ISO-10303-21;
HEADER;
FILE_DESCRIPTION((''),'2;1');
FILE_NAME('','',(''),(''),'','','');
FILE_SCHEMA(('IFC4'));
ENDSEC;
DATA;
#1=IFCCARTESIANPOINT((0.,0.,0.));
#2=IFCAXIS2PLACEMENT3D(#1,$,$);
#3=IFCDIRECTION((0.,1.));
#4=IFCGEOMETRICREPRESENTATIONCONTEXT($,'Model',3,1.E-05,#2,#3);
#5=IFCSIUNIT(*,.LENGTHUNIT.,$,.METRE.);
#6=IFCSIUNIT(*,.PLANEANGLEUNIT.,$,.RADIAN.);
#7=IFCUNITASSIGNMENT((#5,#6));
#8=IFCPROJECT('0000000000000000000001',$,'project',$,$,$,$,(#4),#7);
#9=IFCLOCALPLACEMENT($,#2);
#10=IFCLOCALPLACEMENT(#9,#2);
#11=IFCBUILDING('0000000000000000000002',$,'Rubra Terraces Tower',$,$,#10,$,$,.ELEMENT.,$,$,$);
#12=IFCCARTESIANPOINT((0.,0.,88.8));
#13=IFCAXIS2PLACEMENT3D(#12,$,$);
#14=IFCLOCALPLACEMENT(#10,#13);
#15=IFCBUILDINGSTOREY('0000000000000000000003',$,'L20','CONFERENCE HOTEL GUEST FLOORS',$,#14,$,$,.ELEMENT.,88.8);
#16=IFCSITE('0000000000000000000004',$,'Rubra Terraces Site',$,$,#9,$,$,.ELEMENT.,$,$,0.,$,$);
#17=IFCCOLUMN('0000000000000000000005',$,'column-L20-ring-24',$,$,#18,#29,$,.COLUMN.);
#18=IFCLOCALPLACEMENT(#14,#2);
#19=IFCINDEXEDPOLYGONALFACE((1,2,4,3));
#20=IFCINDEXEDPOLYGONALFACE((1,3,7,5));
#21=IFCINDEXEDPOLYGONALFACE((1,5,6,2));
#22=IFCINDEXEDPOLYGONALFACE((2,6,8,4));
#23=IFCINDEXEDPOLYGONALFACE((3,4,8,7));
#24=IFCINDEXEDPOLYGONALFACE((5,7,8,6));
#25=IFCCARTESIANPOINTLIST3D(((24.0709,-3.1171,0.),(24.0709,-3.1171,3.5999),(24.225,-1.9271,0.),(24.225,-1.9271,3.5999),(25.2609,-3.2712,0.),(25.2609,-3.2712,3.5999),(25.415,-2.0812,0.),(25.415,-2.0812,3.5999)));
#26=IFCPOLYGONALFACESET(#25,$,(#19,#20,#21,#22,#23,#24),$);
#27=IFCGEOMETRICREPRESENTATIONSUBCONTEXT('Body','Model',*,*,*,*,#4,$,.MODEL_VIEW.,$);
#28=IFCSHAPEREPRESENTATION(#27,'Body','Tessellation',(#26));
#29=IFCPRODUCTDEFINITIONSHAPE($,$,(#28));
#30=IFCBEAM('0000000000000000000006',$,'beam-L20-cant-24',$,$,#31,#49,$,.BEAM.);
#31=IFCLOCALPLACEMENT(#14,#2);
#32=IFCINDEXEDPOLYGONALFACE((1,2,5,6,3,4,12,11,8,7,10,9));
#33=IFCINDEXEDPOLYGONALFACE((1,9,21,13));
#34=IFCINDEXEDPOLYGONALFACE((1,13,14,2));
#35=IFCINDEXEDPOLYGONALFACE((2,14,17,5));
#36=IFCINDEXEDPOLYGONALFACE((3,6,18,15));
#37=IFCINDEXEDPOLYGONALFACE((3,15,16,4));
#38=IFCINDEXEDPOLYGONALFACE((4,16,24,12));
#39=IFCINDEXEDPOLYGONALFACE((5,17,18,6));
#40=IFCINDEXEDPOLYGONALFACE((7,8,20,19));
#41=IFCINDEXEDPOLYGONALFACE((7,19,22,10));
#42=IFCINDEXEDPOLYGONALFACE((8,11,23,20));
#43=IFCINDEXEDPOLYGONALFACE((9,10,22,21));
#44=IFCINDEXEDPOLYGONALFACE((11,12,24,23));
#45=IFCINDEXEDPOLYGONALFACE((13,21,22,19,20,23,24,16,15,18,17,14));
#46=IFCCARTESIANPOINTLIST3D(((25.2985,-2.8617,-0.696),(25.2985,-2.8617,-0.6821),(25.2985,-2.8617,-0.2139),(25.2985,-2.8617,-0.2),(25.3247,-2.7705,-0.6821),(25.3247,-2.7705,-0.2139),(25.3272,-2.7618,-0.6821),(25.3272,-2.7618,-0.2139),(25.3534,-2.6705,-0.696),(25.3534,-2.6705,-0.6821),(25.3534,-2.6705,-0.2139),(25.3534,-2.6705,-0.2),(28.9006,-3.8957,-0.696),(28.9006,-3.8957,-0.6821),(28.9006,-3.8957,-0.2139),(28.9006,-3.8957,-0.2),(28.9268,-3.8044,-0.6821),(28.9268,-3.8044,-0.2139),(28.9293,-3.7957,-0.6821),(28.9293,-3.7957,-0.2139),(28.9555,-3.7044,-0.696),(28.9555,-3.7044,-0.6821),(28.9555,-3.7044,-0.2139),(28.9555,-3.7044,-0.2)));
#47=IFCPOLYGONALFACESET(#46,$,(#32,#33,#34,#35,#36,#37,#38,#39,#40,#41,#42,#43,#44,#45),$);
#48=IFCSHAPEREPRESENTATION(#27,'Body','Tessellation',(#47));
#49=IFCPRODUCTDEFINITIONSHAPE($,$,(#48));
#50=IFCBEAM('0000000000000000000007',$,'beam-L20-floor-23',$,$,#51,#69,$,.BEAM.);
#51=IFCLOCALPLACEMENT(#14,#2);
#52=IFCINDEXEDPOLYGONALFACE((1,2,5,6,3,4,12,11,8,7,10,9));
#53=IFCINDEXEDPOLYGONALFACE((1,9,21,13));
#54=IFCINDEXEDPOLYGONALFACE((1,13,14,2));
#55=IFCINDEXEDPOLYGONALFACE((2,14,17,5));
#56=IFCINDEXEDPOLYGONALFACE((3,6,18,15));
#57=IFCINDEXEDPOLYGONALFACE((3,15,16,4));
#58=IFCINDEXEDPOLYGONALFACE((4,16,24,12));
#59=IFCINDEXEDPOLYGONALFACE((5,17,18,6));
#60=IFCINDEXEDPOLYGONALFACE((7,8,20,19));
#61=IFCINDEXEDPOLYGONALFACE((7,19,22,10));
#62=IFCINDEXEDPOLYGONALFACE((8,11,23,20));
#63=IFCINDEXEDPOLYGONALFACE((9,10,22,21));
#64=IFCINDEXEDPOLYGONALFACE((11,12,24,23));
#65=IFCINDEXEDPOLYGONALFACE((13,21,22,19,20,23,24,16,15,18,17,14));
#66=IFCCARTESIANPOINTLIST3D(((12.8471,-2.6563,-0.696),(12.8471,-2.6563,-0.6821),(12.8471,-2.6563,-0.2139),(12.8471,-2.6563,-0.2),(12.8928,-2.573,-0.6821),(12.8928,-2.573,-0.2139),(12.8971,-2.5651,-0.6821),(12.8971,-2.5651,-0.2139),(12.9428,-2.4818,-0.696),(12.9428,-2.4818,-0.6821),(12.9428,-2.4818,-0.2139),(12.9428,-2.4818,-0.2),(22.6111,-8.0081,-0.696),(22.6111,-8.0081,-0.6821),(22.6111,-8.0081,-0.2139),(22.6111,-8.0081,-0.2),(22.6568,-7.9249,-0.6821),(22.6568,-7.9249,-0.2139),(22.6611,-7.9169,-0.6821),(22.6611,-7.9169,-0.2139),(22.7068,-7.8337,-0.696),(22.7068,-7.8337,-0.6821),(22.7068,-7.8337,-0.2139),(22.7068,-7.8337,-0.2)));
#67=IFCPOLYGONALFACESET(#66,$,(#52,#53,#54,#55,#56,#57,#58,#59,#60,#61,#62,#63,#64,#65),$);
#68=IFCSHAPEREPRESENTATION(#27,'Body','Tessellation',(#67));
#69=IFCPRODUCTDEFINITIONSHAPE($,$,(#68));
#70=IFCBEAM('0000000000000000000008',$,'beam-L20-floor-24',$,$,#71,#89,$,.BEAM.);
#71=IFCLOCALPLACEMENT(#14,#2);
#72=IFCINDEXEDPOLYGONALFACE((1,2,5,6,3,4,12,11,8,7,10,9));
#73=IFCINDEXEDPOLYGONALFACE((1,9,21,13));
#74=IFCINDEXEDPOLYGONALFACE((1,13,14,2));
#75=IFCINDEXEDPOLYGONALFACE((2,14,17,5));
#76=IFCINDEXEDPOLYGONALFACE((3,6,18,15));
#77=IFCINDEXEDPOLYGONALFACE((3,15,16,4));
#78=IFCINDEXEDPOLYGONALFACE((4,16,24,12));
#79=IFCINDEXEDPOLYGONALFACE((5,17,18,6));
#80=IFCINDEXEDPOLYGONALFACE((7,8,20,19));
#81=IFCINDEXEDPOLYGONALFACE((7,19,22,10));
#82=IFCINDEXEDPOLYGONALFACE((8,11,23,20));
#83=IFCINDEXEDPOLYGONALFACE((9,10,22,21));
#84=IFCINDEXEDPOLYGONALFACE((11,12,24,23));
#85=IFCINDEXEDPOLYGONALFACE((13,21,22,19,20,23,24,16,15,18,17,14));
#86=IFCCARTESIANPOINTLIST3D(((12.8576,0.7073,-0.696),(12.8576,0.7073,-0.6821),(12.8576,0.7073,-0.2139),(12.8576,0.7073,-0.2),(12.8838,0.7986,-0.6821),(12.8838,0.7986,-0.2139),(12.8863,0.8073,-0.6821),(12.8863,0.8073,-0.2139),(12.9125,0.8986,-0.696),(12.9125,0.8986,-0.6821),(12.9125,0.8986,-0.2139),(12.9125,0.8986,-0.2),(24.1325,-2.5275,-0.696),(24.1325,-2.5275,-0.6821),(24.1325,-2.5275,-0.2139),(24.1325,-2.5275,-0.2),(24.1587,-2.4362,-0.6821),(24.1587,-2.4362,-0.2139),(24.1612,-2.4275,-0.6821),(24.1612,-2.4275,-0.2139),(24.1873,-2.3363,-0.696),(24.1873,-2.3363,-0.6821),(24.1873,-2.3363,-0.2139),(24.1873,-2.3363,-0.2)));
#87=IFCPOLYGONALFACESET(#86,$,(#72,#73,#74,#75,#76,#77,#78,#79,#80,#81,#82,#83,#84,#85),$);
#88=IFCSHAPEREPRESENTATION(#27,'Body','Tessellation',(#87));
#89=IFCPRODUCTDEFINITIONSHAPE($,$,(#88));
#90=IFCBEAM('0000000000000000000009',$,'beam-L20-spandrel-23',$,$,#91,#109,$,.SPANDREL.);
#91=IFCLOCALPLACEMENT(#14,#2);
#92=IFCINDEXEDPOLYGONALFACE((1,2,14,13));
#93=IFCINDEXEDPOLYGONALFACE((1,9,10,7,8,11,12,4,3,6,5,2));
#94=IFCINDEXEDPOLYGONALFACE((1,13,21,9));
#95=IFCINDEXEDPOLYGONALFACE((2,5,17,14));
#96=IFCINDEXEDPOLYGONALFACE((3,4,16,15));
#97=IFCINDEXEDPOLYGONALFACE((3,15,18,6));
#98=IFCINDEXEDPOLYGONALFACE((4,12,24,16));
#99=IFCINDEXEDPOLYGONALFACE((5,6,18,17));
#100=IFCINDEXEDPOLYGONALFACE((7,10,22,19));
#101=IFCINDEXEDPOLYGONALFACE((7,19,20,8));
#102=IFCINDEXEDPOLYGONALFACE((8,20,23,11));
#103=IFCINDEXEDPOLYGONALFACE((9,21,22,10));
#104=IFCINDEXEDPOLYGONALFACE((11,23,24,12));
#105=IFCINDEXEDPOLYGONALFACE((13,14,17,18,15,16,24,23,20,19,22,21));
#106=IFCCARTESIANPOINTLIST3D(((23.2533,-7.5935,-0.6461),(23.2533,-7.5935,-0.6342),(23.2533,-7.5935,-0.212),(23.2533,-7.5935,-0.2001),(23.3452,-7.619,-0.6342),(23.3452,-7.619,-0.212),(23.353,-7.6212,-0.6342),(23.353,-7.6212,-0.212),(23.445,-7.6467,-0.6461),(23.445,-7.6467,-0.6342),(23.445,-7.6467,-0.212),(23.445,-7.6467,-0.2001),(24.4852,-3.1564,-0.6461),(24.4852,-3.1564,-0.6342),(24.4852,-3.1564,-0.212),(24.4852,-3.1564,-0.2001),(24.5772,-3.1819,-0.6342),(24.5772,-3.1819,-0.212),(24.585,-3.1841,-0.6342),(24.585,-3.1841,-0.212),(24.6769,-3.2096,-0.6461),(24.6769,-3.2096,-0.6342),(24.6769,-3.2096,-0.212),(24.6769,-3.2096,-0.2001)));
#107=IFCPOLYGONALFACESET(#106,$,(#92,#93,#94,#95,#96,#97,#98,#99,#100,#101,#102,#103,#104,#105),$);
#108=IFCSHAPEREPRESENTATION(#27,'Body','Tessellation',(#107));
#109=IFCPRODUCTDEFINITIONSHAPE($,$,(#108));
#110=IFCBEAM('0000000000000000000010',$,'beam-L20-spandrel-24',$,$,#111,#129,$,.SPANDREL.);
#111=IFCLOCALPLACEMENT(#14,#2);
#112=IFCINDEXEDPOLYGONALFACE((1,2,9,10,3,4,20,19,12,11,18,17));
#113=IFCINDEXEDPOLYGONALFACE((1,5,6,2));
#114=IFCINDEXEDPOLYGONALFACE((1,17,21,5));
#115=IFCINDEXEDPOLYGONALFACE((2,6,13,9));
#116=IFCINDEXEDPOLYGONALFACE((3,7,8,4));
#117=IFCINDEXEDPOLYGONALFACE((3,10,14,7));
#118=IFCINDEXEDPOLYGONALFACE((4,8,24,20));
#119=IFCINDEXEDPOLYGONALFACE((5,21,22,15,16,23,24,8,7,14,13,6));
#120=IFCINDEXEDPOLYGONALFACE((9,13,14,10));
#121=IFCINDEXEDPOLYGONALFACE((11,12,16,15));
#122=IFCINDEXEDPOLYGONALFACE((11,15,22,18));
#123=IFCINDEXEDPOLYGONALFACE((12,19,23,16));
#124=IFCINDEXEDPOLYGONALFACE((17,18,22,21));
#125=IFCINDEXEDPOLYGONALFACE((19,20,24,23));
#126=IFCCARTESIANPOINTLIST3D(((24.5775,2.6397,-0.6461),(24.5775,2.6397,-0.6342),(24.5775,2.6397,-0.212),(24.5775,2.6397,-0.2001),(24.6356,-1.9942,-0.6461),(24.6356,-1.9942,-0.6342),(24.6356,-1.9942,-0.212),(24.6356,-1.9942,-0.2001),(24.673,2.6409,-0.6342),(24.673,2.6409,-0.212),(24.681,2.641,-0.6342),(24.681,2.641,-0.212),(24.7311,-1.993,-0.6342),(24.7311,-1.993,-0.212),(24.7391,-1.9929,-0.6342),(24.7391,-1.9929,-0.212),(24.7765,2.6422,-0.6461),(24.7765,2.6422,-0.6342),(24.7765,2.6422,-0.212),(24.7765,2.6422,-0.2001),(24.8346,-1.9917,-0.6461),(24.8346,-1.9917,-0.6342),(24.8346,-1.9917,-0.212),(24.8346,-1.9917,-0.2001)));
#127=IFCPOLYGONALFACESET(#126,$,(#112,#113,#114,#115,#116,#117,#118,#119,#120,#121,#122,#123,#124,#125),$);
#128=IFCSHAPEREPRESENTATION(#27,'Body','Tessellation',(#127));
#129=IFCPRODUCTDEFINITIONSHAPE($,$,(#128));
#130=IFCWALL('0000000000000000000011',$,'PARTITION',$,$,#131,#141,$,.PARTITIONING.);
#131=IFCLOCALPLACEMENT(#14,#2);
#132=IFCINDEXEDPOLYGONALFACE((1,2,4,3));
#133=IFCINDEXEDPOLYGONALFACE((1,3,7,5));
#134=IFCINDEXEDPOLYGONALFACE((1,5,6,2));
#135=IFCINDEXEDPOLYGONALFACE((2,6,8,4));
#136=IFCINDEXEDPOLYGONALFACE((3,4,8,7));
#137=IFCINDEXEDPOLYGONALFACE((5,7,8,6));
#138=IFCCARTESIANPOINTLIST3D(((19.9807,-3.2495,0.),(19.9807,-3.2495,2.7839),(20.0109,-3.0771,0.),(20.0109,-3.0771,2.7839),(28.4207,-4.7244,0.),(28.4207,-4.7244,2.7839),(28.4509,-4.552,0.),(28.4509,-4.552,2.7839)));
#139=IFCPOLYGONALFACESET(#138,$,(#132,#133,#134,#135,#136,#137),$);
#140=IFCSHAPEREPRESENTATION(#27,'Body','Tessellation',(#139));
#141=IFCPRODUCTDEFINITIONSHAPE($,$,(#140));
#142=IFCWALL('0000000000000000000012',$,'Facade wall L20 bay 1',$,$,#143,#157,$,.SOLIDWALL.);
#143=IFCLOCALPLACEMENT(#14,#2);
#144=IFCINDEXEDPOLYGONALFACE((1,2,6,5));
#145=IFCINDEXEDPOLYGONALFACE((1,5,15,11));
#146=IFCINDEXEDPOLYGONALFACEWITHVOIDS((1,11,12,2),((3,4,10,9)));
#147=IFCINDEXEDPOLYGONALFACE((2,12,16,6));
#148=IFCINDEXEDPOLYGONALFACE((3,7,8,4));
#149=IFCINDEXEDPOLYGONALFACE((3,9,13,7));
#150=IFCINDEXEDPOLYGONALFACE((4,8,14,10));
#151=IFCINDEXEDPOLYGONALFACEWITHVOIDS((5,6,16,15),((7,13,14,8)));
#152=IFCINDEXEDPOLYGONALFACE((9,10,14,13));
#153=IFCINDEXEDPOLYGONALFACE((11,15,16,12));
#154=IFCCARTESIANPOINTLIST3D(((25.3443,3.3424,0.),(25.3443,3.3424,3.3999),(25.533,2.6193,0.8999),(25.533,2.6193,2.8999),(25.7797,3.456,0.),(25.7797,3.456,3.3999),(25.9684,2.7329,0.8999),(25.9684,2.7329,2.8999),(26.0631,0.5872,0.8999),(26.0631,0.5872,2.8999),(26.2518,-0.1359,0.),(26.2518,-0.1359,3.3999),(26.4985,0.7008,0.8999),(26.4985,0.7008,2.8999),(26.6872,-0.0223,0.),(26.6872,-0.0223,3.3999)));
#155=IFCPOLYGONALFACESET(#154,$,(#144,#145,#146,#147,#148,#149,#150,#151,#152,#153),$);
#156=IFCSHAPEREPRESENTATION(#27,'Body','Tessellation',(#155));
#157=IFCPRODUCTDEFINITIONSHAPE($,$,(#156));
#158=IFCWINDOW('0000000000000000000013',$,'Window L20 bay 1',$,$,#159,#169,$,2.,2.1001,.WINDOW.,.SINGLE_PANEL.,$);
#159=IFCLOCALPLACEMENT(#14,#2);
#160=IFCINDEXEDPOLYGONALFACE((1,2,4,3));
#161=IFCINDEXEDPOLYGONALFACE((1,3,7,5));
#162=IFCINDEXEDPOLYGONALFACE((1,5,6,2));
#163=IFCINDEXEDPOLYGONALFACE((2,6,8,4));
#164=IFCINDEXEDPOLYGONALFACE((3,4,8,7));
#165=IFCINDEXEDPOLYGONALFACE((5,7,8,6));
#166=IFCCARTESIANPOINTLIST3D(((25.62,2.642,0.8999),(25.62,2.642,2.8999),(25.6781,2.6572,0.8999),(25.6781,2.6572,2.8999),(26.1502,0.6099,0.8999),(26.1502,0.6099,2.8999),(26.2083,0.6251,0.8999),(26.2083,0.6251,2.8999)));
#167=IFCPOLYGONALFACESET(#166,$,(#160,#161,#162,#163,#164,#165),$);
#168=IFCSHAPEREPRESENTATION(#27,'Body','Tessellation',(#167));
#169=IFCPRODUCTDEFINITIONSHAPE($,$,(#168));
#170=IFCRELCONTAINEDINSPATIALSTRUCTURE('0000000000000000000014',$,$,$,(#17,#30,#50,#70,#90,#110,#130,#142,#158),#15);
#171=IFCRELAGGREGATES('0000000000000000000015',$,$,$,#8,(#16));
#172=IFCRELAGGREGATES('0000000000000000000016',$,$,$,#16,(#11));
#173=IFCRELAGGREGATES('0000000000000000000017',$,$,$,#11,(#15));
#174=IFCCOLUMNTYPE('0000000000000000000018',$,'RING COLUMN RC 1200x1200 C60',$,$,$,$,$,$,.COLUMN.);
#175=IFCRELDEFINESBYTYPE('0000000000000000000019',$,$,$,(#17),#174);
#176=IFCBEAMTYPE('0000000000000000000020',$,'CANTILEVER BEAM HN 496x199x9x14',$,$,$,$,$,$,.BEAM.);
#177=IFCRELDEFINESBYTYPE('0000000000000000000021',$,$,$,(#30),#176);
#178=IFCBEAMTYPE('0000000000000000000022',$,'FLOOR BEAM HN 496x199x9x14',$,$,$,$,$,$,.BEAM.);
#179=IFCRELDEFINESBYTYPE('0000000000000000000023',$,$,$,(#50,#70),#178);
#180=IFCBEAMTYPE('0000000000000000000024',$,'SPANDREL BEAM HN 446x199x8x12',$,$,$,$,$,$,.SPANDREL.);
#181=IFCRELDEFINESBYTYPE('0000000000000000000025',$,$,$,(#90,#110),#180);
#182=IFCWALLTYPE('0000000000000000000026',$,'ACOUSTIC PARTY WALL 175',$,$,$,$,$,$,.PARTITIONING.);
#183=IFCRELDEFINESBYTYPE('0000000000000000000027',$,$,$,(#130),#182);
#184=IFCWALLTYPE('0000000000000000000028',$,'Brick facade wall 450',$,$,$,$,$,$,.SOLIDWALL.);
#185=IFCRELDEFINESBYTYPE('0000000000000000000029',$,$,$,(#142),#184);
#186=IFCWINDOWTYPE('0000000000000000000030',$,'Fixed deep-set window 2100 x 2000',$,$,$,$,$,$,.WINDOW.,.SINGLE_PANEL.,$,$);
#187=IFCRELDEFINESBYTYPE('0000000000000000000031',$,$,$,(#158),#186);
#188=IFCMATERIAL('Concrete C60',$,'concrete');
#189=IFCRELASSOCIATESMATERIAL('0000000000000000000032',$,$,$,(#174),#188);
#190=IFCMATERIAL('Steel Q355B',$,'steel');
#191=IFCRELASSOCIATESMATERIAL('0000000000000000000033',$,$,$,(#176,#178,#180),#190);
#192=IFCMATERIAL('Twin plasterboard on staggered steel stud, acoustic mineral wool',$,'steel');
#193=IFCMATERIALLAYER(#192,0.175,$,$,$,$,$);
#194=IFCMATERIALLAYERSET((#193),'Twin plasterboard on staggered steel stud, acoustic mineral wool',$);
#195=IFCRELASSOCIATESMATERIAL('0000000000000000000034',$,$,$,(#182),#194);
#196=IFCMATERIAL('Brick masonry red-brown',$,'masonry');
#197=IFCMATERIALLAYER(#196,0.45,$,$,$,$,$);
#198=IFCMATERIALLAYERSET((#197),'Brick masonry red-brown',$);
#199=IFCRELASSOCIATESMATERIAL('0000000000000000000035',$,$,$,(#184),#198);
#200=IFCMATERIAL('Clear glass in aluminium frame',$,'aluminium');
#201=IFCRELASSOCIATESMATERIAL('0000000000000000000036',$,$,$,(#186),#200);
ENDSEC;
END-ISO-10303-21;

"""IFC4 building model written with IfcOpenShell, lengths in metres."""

from ifc_helpers import new_model, si_unit, direction, frame, frame_2d, origin, origin_2d, place, context, subcontext, project, spatial, rectangle, i_section, extrude, material, layer, layer_set, material_profile, profile_set, type_object, element, fill, save


model = new_model("IFC4")

# Units and contexts
model_context = context("Model", 3, precision=1e-05, world=origin(), true_north=direction((0.0, 1.0)))
body_context = subcontext(model_context, "Body", "Model", "MODEL_VIEW")
ifc_project = project(units=[si_unit("LENGTHUNIT", "METRE"), si_unit("PLANEANGLEUNIT", "RADIAN")], contexts=[model_context])

# Site, building, storey
site_placement = place(None, origin())
site = spatial("IfcSite", under=ifc_project, at=site_placement, Name="Rubra Terraces Site", CompositionType="ELEMENT", RefElevation=0.0)
building_placement = place(site_placement, origin())
building = spatial("IfcBuilding", under=site, at=building_placement, Name="Rubra Terraces Tower", CompositionType="ELEMENT")
storey_placement = place(building_placement, frame((0.0, 0.0, 88.8)))
storey = spatial("IfcBuildingStorey", under=building, at=storey_placement, Name="L20", Description="CONFERENCE HOTEL GUEST FLOORS", CompositionType="ELEMENT", Elevation=88.8)

# Column
ifc_material_1 = material(Name="Concrete C60", Category="concrete")
ifc_material_profile_1 = material_profile(ifc_material_1, rectangle(XDim=1.2, YDim=1.2, at=origin_2d()), Name="RC 1200x1200")
ifc_profile_set_1 = profile_set([ifc_material_profile_1], Name="Concrete C60")
column_type = type_object("IfcColumnType", Name="RING COLUMN RC 1200x1200 C60", PredefinedType="COLUMN", material=ifc_profile_set_1)
column_placement = place(storey_placement, frame((24.7429, -2.5991, 0.0), z_axis=(0.0, 0.0, 1.0), x_axis=(0.128444, 0.991717, 0.0)))
element("IfcColumn", 1, at=column_placement, inside=storey, type_object=column_type, Name="column-L20-ring-24", PredefinedType="COLUMN", context=body_context, shape_type="SweptSolid", body=[
    extrude(rectangle(XDim=1.2, YDim=1.2, at=origin_2d()), origin(), (0.0, 0.0, 1.0), 3.5999),
])

# Beams
ifc_material_2 = material(Name="Steel Q355B", Category="steel")
ifc_material_profile_2 = material_profile(ifc_material_2, i_section(OverallWidth=0.199, OverallDepth=0.4961, WebThickness=0.009, FlangeThickness=0.0139, at=origin_2d()), Name="HN 496x199x9x14")
ifc_profile_set_2 = profile_set([ifc_material_profile_2], Name="Steel Q355B")
beam_type_1 = type_object("IfcBeamType", Name="CANTILEVER BEAM HN 496x199x9x14", PredefinedType="BEAM", material=ifc_profile_set_2)
beam_1_placement = place(storey_placement, frame((25.3259, -2.7661, -0.448), z_axis=(0.961186, -0.2759, 0.0), x_axis=(0.2759, 0.961186, 0.0)))
element("IfcBeam", 2, at=beam_1_placement, inside=storey, type_object=beam_type_1, Name="beam-L20-cant-24", PredefinedType="BEAM", context=body_context, shape_type="SweptSolid", body=[
    extrude(i_section(OverallWidth=0.199, OverallDepth=0.4961, WebThickness=0.009, FlangeThickness=0.0139, at=origin_2d()), origin(), (0.0, 0.0, 1.0), 3.7476),
])
ifc_material_profile_3 = material_profile(ifc_material_2, i_section(OverallWidth=0.199, OverallDepth=0.4961, WebThickness=0.009, FlangeThickness=0.0139, at=origin_2d()), Name="HN 496x199x9x14")
ifc_profile_set_3 = profile_set([ifc_material_profile_3], Name="Steel Q355B")
beam_type_2 = type_object("IfcBeamType", Name="FLOOR BEAM HN 496x199x9x14", PredefinedType="BEAM", material=ifc_profile_set_3)
beam_2_placement = place(storey_placement, frame((22.6589, -7.9209, -0.448), z_axis=(-0.876911, 0.480653, 0.0), x_axis=(-0.480653, -0.876911, 0.0)))
element("IfcBeam", 3, at=beam_2_placement, inside=storey, type_object=beam_type_2, Name="beam-L20-floor-23", PredefinedType="BEAM", context=body_context, shape_type="SweptSolid", body=[
    extrude(i_section(OverallWidth=0.199, OverallDepth=0.4961, WebThickness=0.009, FlangeThickness=0.0139, at=origin_2d()), origin(), (0.0, 0.0, 1.0), 11.1345),
])
beam_3_placement = place(storey_placement, frame((24.1599, -2.4319, -0.448), z_axis=(-0.96122, 0.275782, 0.0), x_axis=(-0.275782, -0.96122, 0.0)))
element("IfcBeam", 4, at=beam_3_placement, inside=storey, type_object=beam_type_2, Name="beam-L20-floor-24", PredefinedType="BEAM", context=body_context, shape_type="SweptSolid", body=[
    extrude(i_section(OverallWidth=0.199, OverallDepth=0.4961, WebThickness=0.009, FlangeThickness=0.0139, at=origin_2d()), origin(), (0.0, 0.0, 1.0), 11.7297),
])
ifc_material_profile_4 = material_profile(ifc_material_2, i_section(OverallWidth=0.199, OverallDepth=0.446, WebThickness=0.0081, FlangeThickness=0.012, at=origin_2d()), Name="HN 446x199x8x12")
ifc_profile_set_4 = profile_set([ifc_material_profile_4], Name="Steel Q355B")
beam_type_3 = type_object("IfcBeamType", Name="SPANDREL BEAM HN 446x199x8x12", PredefinedType="SPANDREL", material=ifc_profile_set_4)
beam_4_placement = place(storey_placement, frame((23.3491, -7.6201, -0.4231), z_axis=(0.267529, 0.96355, 0.0), x_axis=(-0.96355, 0.267529, 0.0)))
element("IfcBeam", 5, at=beam_4_placement, inside=storey, type_object=beam_type_3, Name="beam-L20-spandrel-23", PredefinedType="SPANDREL", context=body_context, shape_type="SweptSolid", body=[
    extrude(i_section(OverallWidth=0.199, OverallDepth=0.446, WebThickness=0.0081, FlangeThickness=0.012, at=origin_2d()), origin(), (0.0, 0.0, 1.0), 4.605),
])
beam_5_placement = place(storey_placement, frame((24.7351, -1.9929, -0.4231), z_axis=(-0.012538, 0.999921, 0.0), x_axis=(-0.999921, -0.012538, 0.0)))
element("IfcBeam", 6, at=beam_5_placement, inside=storey, type_object=beam_type_3, Name="beam-L20-spandrel-24", PredefinedType="SPANDREL", context=body_context, shape_type="SweptSolid", body=[
    extrude(i_section(OverallWidth=0.199, OverallDepth=0.446, WebThickness=0.0081, FlangeThickness=0.012, at=origin_2d()), origin(), (0.0, 0.0, 1.0), 4.6343),
])

# Wall
ifc_material_3 = material(Name="Twin plasterboard on staggered steel stud, acoustic mineral wool", Category="steel")
ifc_layer_1 = layer(ifc_material_3, 0.175)
ifc_layer_set_1 = layer_set([ifc_layer_1], Name="Twin plasterboard on staggered steel stud, acoustic mineral wool")
wall_type_1 = type_object("IfcWallType", Name="ACOUSTIC PARTY WALL 175", PredefinedType="PARTITIONING", material=ifc_layer_set_1)
wall_1_placement = place(storey_placement, frame((28.4358, -4.6382, 0.0), z_axis=(0.0, 0.0, 1.0), x_axis=(-0.985073, 0.172138, 0.0)))
element("IfcWall", 7, at=wall_1_placement, inside=storey, type_object=wall_type_1, Name="PARTITION", PredefinedType="PARTITIONING", context=body_context, shape_type="SweptSolid", body=[
    extrude(rectangle(XDim=8.5679, YDim=0.175, at=frame_2d((4.2839, 0.0))), origin(), (0.0, 0.0, 1.0), 2.7839),
])

# Wall, opening, window
ifc_material_4 = material(Name="Brick masonry red-brown", Category="masonry")
ifc_layer_2 = layer(ifc_material_4, 0.45)
ifc_layer_set_2 = layer_set([ifc_layer_2], Name="Brick masonry red-brown")
wall_type_2 = type_object("IfcWallType", Name="Brick facade wall 450", PredefinedType="SOLIDWALL", material=ifc_layer_set_2)
wall_2_placement = place(storey_placement, frame((26.4695, -0.0791, 0.0), z_axis=(0.0, 0.0, 1.0), x_axis=(-0.252447, 0.967611, 0.0)))
wall_2 = element("IfcWall", 8, at=wall_2_placement, inside=storey, type_object=wall_type_2, Name="Facade wall L20 bay 1", PredefinedType="SOLIDWALL", context=body_context, shape_type="SweptSolid", body=[
    extrude(rectangle(XDim=3.5947, YDim=0.45, at=frame_2d((1.7974, 0.0))), origin(), (0.0, 0.0, 1.0), 3.3999),
])
opening_1_placement = place(wall_2_placement, frame((0.7473, 0.0, 0.8999)))
opening_1 = element("IfcOpeningElement", 9, at=opening_1_placement, cuts=wall_2, PredefinedType="OPENING", context=body_context, shape_type="SweptSolid", body=[
    extrude(rectangle(XDim=2.1001, YDim=2.0, at=frame_2d((1.05, 1.0))), frame((0.0, 0.2349, 0.0), z_axis=(0.0, -1.0, 0.0), x_axis=(1.0, 0.0, 0.0)), (0.0, 0.0, 1.0), 0.47),
])
ifc_material_5 = material(Name="Clear glass in aluminium frame", Category="aluminium")
window_type = type_object("IfcWindowType", Name="Fixed deep-set window 2100 x 2000", PartitioningType="SINGLE_PANEL", PredefinedType="WINDOW", material=ifc_material_5)
window_1_placement = place(opening_1_placement, origin())
window_1 = element("IfcWindow", 10, at=window_1_placement, inside=storey, type_object=window_type, Name="Window L20 bay 1", OverallHeight=2.0, OverallWidth=2.1001, PartitioningType="SINGLE_PANEL", PredefinedType="WINDOW", context=body_context, shape_type="SweptSolid", body=[
    extrude(rectangle(XDim=2.1001, YDim=2.0, at=frame_2d((1.05, 1.0))), frame((0.0, 0.135, 0.0), z_axis=(0.0, -1.0, 0.0), x_axis=(1.0, 0.0, 0.0)), (0.0, 0.0, 1.0), 0.0601),
])
fill(opening_1, window_1)

save(model, "model.ifc")
